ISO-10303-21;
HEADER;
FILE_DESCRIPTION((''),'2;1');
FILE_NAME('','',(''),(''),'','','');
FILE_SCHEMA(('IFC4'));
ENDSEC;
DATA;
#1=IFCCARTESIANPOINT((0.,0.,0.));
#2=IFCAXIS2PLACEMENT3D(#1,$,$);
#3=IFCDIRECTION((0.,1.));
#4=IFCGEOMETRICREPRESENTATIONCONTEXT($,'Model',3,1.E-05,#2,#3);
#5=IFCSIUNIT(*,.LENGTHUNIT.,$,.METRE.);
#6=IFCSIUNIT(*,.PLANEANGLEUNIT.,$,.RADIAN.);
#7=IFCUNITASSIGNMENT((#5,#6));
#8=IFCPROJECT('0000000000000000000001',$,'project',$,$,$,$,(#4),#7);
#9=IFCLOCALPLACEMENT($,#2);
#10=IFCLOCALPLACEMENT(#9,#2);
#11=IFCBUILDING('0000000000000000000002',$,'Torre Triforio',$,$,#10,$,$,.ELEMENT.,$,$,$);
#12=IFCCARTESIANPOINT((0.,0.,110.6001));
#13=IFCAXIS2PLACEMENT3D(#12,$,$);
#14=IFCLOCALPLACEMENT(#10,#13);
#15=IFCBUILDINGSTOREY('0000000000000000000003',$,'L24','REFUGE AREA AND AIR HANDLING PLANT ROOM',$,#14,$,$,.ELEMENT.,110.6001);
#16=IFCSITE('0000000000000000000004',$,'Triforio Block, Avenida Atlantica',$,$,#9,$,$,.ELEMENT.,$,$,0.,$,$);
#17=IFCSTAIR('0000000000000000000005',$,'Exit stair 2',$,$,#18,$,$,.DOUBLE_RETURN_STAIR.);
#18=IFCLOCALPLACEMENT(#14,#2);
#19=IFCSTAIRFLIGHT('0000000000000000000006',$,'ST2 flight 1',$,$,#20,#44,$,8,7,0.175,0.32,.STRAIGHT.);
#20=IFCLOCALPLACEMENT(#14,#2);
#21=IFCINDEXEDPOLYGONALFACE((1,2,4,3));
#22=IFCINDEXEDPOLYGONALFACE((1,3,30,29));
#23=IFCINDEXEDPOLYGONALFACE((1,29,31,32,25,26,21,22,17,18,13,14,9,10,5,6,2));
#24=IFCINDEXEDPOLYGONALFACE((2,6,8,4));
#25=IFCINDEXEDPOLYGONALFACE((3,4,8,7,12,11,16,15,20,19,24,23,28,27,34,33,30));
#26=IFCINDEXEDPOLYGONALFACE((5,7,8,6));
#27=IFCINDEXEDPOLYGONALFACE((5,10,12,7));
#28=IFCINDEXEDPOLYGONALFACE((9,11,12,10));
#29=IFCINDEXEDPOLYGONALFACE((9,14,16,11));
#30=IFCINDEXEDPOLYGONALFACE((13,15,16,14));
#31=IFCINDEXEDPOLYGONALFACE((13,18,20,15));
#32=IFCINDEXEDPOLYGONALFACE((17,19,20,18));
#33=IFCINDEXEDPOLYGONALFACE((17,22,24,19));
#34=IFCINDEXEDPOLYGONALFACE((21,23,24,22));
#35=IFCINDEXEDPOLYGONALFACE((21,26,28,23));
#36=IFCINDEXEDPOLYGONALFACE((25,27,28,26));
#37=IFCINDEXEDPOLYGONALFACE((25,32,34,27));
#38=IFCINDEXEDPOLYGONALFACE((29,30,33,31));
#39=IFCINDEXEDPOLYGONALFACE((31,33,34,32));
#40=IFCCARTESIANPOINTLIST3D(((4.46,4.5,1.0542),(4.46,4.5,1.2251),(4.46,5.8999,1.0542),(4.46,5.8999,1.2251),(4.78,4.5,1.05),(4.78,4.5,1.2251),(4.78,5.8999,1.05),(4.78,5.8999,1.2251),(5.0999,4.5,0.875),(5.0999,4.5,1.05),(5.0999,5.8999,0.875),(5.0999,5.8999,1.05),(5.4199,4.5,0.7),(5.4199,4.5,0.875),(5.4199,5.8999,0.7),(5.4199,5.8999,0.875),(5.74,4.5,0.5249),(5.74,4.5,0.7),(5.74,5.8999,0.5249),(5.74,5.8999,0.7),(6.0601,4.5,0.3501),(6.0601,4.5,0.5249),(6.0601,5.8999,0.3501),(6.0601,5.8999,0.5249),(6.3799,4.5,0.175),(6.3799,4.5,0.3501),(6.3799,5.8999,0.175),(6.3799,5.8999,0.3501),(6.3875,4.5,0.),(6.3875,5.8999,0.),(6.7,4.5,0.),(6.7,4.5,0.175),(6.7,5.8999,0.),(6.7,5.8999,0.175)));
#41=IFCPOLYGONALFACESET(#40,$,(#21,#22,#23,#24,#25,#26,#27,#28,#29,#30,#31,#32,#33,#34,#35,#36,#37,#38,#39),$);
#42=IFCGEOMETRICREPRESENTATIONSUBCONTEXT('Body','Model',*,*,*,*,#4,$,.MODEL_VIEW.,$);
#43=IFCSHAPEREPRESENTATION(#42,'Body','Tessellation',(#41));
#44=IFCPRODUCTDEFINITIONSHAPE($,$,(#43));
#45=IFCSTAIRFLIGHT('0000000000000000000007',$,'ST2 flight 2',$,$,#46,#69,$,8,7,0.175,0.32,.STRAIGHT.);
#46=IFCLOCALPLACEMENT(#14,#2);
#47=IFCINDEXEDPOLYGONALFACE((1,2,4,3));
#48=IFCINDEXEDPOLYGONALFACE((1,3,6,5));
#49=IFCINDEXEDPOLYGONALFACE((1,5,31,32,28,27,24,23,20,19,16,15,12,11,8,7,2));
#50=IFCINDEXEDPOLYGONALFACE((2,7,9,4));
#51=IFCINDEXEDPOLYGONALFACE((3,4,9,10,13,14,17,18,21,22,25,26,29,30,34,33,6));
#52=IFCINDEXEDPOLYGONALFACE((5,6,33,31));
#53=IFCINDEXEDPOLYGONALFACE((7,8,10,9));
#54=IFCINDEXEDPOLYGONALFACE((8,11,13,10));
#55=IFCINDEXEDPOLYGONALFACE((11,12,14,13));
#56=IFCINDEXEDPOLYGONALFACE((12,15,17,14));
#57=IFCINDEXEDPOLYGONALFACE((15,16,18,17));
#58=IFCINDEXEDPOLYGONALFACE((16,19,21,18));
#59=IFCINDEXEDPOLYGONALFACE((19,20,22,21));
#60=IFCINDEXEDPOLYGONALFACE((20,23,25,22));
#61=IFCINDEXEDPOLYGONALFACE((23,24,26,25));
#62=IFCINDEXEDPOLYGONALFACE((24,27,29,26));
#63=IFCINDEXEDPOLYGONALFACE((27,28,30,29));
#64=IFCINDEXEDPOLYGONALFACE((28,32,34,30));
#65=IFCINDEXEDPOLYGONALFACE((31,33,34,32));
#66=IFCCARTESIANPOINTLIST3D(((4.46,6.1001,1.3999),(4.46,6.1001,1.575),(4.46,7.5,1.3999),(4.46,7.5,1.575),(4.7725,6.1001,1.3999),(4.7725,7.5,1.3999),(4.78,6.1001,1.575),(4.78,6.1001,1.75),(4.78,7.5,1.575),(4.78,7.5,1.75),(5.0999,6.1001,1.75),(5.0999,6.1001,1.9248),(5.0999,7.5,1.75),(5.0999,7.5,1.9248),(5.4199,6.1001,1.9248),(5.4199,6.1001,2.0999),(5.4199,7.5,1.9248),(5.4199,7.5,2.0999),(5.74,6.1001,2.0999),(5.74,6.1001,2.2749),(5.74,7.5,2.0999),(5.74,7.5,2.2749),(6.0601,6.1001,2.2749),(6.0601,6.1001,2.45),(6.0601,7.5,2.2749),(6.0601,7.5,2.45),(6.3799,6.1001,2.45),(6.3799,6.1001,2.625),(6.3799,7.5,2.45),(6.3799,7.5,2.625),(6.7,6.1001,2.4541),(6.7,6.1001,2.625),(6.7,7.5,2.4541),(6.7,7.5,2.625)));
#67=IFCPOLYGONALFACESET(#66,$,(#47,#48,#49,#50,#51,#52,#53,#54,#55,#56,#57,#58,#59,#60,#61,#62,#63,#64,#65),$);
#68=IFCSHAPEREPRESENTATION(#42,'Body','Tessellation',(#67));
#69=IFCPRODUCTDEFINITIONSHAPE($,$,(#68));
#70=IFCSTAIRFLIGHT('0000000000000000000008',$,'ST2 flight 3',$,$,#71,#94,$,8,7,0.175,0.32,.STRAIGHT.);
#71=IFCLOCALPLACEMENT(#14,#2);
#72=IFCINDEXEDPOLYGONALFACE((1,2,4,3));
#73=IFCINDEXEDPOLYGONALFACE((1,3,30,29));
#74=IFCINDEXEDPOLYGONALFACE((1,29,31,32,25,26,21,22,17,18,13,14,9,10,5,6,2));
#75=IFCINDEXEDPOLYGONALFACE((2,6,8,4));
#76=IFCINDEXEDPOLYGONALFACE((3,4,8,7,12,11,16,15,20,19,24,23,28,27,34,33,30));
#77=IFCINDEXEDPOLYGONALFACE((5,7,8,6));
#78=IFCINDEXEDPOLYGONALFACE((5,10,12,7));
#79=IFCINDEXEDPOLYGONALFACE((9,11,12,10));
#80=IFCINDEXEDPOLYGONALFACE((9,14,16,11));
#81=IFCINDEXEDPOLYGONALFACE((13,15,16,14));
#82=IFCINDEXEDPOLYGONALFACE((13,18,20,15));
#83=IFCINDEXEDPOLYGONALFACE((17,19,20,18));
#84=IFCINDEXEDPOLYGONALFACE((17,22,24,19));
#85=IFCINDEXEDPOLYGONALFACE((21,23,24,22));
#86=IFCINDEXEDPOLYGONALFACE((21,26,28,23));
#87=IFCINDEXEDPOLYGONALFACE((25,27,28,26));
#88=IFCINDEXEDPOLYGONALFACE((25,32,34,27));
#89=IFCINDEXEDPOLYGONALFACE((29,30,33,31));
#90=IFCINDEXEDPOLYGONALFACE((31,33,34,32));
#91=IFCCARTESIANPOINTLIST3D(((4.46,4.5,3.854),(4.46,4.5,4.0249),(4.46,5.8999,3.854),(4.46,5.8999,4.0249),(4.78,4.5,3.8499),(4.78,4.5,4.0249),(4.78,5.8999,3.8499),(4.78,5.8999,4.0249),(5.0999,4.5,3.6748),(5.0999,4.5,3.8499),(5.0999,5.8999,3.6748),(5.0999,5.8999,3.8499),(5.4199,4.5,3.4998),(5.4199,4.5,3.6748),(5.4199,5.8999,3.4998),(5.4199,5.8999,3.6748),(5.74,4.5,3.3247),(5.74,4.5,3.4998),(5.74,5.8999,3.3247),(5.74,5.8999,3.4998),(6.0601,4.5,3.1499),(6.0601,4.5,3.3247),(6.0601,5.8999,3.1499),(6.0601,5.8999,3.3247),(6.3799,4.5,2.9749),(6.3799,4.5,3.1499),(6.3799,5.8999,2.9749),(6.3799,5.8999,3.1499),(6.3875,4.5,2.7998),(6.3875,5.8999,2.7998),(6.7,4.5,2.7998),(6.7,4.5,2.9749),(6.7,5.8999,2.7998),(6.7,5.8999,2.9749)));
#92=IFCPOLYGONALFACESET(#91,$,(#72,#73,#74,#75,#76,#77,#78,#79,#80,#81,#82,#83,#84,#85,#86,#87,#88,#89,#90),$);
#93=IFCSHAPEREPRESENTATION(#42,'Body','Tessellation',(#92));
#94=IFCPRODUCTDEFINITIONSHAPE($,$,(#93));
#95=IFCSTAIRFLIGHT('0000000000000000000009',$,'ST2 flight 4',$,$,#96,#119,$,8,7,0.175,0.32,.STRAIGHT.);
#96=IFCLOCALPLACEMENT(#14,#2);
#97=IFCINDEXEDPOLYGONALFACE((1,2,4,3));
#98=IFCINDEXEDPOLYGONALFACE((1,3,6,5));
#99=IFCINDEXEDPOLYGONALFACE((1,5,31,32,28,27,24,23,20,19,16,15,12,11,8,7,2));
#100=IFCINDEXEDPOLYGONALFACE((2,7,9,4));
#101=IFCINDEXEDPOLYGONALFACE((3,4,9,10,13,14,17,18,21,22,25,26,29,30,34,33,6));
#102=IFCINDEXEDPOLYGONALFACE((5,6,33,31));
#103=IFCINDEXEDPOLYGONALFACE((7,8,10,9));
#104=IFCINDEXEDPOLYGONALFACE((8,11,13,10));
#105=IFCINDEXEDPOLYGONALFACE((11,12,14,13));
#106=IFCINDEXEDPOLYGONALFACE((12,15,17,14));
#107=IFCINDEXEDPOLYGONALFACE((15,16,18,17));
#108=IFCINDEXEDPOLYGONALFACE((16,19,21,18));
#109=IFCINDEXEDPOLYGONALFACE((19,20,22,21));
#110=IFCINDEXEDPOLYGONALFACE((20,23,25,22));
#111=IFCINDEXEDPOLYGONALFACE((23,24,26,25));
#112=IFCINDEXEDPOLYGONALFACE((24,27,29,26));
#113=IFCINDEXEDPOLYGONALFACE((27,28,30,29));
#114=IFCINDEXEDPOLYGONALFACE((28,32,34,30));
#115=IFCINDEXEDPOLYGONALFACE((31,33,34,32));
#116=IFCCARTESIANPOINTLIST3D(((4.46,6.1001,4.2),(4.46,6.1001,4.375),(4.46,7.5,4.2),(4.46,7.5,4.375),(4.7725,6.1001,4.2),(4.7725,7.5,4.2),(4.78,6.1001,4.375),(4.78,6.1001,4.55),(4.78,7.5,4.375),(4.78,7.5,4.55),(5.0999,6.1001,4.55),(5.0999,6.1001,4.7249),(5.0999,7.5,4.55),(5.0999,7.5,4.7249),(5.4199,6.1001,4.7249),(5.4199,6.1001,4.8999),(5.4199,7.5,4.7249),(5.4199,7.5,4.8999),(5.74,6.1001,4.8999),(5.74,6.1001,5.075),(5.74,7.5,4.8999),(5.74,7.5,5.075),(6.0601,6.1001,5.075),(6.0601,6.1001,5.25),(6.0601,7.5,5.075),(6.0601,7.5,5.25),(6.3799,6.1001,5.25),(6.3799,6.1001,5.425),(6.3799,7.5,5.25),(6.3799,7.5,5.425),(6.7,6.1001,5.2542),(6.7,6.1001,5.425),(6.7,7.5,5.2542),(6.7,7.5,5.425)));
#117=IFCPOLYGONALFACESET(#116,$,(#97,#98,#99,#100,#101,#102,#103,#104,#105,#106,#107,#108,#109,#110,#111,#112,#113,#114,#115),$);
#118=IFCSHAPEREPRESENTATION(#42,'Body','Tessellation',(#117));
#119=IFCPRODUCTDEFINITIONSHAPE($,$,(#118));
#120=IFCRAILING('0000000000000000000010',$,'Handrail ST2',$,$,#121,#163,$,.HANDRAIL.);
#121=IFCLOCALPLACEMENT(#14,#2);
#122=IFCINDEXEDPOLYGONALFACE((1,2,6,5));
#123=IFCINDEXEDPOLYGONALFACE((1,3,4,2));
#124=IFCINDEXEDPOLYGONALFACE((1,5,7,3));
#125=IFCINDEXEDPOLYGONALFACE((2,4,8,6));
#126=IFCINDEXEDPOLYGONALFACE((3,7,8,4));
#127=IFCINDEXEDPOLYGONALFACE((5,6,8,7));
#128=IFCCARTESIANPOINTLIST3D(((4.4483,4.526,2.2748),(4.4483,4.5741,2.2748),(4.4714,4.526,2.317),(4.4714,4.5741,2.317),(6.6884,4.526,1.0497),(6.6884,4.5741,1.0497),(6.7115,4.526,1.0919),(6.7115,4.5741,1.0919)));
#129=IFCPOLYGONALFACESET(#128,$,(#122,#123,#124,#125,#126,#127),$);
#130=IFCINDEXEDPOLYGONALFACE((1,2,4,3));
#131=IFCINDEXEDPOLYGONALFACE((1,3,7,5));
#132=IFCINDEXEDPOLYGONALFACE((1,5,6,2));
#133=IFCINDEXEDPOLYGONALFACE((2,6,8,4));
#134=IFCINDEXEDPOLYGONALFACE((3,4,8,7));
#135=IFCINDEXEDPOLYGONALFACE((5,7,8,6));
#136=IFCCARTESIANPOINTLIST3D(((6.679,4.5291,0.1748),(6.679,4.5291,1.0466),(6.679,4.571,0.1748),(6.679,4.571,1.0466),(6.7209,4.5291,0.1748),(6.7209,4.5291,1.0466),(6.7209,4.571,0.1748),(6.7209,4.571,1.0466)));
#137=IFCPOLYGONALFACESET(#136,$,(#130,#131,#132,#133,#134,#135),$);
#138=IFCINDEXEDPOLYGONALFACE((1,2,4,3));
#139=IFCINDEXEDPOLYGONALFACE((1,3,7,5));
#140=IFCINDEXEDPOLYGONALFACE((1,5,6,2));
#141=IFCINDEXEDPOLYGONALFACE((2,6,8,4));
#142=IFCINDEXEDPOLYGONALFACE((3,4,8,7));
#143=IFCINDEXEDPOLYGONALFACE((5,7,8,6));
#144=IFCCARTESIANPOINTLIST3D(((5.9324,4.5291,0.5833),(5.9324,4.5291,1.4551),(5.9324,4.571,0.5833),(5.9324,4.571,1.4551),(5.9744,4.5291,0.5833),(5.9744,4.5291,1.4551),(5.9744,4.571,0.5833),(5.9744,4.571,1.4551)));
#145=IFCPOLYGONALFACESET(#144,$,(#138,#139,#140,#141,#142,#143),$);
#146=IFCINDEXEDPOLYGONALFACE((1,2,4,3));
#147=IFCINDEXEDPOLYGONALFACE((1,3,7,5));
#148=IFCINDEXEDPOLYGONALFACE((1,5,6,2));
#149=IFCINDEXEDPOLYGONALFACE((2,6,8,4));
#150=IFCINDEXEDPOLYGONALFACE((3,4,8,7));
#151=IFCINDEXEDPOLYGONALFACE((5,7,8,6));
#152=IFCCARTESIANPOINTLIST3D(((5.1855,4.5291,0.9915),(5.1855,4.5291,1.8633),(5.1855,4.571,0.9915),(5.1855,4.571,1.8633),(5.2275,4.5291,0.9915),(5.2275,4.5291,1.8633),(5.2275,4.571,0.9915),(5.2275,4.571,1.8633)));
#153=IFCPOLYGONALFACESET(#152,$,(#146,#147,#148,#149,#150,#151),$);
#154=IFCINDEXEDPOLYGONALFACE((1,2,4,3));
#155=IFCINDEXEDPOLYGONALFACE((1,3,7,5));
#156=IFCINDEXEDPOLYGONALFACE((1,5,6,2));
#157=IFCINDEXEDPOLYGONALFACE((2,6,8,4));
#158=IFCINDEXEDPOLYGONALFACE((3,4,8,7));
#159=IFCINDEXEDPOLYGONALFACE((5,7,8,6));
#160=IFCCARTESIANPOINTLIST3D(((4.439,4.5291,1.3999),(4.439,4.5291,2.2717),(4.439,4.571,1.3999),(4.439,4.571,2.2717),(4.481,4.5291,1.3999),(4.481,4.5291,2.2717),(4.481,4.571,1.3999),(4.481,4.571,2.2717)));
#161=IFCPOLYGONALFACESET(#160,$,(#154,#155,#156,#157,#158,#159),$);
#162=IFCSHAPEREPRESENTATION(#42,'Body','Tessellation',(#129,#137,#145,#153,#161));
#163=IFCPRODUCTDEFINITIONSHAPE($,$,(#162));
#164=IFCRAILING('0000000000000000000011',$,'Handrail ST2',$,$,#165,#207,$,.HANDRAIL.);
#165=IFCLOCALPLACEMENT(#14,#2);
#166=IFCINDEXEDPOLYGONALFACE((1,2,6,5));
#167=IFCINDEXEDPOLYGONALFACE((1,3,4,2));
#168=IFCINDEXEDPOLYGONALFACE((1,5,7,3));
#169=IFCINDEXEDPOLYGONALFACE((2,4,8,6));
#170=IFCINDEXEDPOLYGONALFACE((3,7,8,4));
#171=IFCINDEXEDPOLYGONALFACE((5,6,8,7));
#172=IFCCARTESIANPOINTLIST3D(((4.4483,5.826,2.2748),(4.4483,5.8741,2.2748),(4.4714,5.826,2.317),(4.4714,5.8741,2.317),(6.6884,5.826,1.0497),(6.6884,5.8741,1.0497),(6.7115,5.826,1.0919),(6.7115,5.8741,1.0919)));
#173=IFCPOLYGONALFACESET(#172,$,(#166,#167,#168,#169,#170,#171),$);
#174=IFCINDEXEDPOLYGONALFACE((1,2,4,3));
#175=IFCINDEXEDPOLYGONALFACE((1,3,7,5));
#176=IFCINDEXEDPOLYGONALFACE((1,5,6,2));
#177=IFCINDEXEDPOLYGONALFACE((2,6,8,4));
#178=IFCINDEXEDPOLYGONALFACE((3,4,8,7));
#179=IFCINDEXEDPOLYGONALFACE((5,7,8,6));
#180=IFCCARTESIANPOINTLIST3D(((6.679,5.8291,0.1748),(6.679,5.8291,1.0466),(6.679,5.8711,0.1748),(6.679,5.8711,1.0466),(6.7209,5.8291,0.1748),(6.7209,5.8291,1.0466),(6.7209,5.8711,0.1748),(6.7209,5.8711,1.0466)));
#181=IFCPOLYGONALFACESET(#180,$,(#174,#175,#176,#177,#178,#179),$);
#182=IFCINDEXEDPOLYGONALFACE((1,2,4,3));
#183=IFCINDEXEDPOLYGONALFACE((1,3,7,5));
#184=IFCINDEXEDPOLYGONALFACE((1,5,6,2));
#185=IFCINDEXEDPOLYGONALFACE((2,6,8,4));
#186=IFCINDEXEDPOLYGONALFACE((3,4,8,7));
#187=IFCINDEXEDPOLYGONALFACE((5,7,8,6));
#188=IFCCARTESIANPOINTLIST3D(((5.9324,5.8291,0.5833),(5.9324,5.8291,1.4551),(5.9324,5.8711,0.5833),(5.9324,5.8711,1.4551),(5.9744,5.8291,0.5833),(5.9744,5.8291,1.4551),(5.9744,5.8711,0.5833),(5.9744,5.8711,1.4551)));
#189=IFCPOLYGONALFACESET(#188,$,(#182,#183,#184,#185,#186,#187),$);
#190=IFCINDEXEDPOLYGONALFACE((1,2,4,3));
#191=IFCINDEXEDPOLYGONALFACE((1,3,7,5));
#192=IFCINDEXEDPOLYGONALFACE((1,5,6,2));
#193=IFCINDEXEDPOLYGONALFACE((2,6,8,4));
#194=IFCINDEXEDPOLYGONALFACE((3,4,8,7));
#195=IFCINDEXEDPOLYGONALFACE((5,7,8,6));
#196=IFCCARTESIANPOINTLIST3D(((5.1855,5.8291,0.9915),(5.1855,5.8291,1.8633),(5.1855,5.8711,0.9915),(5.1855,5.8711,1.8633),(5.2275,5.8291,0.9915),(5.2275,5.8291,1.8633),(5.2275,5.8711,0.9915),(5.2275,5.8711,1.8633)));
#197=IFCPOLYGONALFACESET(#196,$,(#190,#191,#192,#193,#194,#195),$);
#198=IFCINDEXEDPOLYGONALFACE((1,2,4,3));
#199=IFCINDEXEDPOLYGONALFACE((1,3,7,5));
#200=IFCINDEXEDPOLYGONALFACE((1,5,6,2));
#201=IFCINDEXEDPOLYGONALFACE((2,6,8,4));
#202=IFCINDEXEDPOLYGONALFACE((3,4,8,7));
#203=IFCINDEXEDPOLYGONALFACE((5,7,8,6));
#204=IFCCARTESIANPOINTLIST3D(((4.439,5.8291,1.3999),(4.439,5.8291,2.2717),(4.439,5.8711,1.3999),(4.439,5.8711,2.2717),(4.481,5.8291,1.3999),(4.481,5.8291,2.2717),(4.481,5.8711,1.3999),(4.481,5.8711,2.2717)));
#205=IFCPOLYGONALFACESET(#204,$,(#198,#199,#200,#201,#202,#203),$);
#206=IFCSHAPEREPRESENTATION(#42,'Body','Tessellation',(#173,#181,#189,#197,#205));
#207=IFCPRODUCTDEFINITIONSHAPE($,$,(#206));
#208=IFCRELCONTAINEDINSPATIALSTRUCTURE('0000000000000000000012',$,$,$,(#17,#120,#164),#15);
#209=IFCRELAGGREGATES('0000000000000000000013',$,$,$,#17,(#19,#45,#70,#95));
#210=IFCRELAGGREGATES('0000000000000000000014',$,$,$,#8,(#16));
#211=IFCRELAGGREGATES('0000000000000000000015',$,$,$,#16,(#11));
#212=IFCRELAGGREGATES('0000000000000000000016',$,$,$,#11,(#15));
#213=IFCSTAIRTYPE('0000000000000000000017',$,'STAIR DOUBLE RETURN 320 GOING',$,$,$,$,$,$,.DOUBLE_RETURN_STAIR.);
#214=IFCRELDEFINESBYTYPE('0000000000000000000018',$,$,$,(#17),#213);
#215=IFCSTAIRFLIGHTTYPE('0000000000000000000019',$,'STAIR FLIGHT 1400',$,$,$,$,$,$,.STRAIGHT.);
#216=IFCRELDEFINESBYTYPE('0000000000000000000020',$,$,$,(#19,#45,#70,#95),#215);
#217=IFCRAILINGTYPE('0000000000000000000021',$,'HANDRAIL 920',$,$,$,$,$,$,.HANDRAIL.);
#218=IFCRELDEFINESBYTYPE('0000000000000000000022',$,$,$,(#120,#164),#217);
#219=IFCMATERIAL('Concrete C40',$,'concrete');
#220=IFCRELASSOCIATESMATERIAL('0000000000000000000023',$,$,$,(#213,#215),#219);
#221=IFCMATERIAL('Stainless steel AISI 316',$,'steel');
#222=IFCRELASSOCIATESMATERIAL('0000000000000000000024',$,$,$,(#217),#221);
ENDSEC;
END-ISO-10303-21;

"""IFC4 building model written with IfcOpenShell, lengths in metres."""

from ifc_helpers import new_model, si_unit, direction, frame, origin, origin_2d, place, context, subcontext, project, spatial, polyline, rectangle, outline, extrude, material, type_object, element, aggregate, save


model = new_model("IFC4")

# Units and contexts
model_context = context("Model", 3, precision=1e-05, world=origin(), true_north=direction((0.0, 1.0)))
body_context = subcontext(model_context, "Body", "Model", "MODEL_VIEW")
ifc_project = project(units=[si_unit("LENGTHUNIT", "METRE"), si_unit("PLANEANGLEUNIT", "RADIAN")], contexts=[model_context])

# Site, building, storey
site_placement = place(None, origin())
site = spatial("IfcSite", under=ifc_project, at=site_placement, Name="Triforio Block, Avenida Atlantica", CompositionType="ELEMENT", RefElevation=0.0)
building_placement = place(site_placement, origin())
building = spatial("IfcBuilding", under=site, at=building_placement, Name="Torre Triforio", CompositionType="ELEMENT")
storey_placement = place(building_placement, frame((0.0, 0.0, 110.6001)))
storey = spatial("IfcBuildingStorey", under=building, at=storey_placement, Name="L24", Description="REFUGE AREA AND AIR HANDLING PLANT ROOM", CompositionType="ELEMENT", Elevation=110.6001)

# Shared definitions
ifc_material_1 = material(Name="Concrete C40", Category="concrete")
stair_type = type_object("IfcStairType", Name="STAIR DOUBLE RETURN 320 GOING", PredefinedType="DOUBLE_RETURN_STAIR", material=ifc_material_1)

# Stair, stair flights
stair_1_placement = place(storey_placement, origin())
stair_1 = element("IfcStair", 1, at=stair_1_placement, inside=storey, type_object=stair_type, Name="Exit stair 2", PredefinedType="DOUBLE_RETURN_STAIR")
stair_flight_type = type_object("IfcStairFlightType", Name="STAIR FLIGHT 1400", PredefinedType="STRAIGHT", material=ifc_material_1)
stair_flight_1_placement = place(storey_placement, frame((6.7, 5.2, 0.0), z_axis=(0.0, 0.0, 1.0), x_axis=(-1.0, 0.0, 0.0)))
stair_flight_1 = element("IfcStairFlight", 2, at=stair_flight_1_placement, type_object=stair_flight_type, Name="ST2 flight 1", NumberOfRisers=8, NumberOfTreads=7, PredefinedType="STRAIGHT", RiserHeight=0.175, TreadLength=0.32, context=body_context, shape_type="SweptSolid", body=[
    extrude(outline(polyline([(0.0, 0.0), (0.0, 0.175), (0.3201, 0.175), (0.3201, 0.3501), (0.6399, 0.3501), (0.6399, 0.5249), (0.96, 0.5249), (0.96, 0.7), (1.28, 0.7), (1.28, 0.875), (1.6001, 0.875), (1.6001, 1.05), (1.9199, 1.05), (1.9199, 1.2251), (2.24, 1.2251), (2.24, 1.3999), (2.24, 1.0542), (0.3125, 0.0), (0.0, 0.0)])), frame((0.0, 0.7, 0.0), z_axis=(0.0, -1.0, 0.0), x_axis=(1.0, 0.0, 0.0)), (0.0, 0.0, 1.0), 1.3999),
])
stair_flight_2_placement = place(storey_placement, frame((4.46, 6.8, 1.3999), z_axis=(0.0, 0.0, 1.0), x_axis=(1.0, 0.0, 0.0)))
stair_flight_2 = element("IfcStairFlight", 3, at=stair_flight_2_placement, type_object=stair_flight_type, Name="ST2 flight 2", NumberOfRisers=8, NumberOfTreads=7, PredefinedType="STRAIGHT", RiserHeight=0.175, TreadLength=0.32, context=body_context, shape_type="SweptSolid", body=[
    extrude(outline(polyline([(0.0, 0.0), (0.0, 0.175), (0.3201, 0.175), (0.3201, 0.3501), (0.6399, 0.3501), (0.6399, 0.5249), (0.96, 0.5249), (0.96, 0.7), (1.28, 0.7), (1.28, 0.875), (1.6001, 0.875), (1.6001, 1.05), (1.9199, 1.05), (1.9199, 1.2251), (2.24, 1.2251), (2.24, 1.3999), (2.24, 1.0542), (0.3125, 0.0), (0.0, 0.0)])), frame((0.0, 0.7, 0.0), z_axis=(0.0, -1.0, 0.0), x_axis=(1.0, 0.0, 0.0)), (0.0, 0.0, 1.0), 1.3999),
])
stair_flight_3_placement = place(storey_placement, frame((6.7, 5.2, 2.7998), z_axis=(0.0, 0.0, 1.0), x_axis=(-1.0, 0.0, 0.0)))
stair_flight_3 = element("IfcStairFlight", 4, at=stair_flight_3_placement, type_object=stair_flight_type, Name="ST2 flight 3", NumberOfRisers=8, NumberOfTreads=7, PredefinedType="STRAIGHT", RiserHeight=0.175, TreadLength=0.32, context=body_context, shape_type="SweptSolid", body=[
    extrude(outline(polyline([(0.0, 0.0), (0.0, 0.175), (0.3201, 0.175), (0.3201, 0.3501), (0.6399, 0.3501), (0.6399, 0.5249), (0.96, 0.5249), (0.96, 0.7), (1.28, 0.7), (1.28, 0.875), (1.6001, 0.875), (1.6001, 1.05), (1.9199, 1.05), (1.9199, 1.2251), (2.24, 1.2251), (2.24, 1.3999), (2.24, 1.0542), (0.3125, 0.0), (0.0, 0.0)])), frame((0.0, 0.7, 0.0), z_axis=(0.0, -1.0, 0.0), x_axis=(1.0, 0.0, 0.0)), (0.0, 0.0, 1.0), 1.3999),
])
stair_flight_4_placement = place(storey_placement, frame((4.46, 6.8, 4.2), z_axis=(0.0, 0.0, 1.0), x_axis=(1.0, 0.0, 0.0)))
stair_flight_4 = element("IfcStairFlight", 5, at=stair_flight_4_placement, type_object=stair_flight_type, Name="ST2 flight 4", NumberOfRisers=8, NumberOfTreads=7, PredefinedType="STRAIGHT", RiserHeight=0.175, TreadLength=0.32, context=body_context, shape_type="SweptSolid", body=[
    extrude(outline(polyline([(0.0, 0.0), (0.0, 0.175), (0.3201, 0.175), (0.3201, 0.3501), (0.6399, 0.3501), (0.6399, 0.5249), (0.96, 0.5249), (0.96, 0.7), (1.28, 0.7), (1.28, 0.875), (1.6001, 0.875), (1.6001, 1.05), (1.9199, 1.05), (1.9199, 1.2251), (2.24, 1.2251), (2.24, 1.3999), (2.24, 1.0542), (0.3125, 0.0), (0.0, 0.0)])), frame((0.0, 0.7, 0.0), z_axis=(0.0, -1.0, 0.0), x_axis=(1.0, 0.0, 0.0)), (0.0, 0.0, 1.0), 1.3999),
])
aggregate(stair_1, [stair_flight_1, stair_flight_2, stair_flight_3, stair_flight_4])

# Railings
ifc_material_2 = material(Name="Stainless steel AISI 316", Category="steel")
railing_type = type_object("IfcRailingType", Name="HANDRAIL 920", PredefinedType="HANDRAIL", material=ifc_material_2)
for number, where, name in (
    (6, (6.7, 4.55, 0.1748), "Handrail ST2"),
    (7, (6.7, 5.8501, 0.1748), "Handrail ST2"),
):
    element("IfcRailing", number, at=place(storey_placement, frame(where)), inside=storey, type_object=railing_type, Name=name, PredefinedType="HANDRAIL", context=body_context, shape_type="SweptSolid", body=[
        extrude(rectangle(XDim=0.0481, YDim=0.0481, at=origin_2d()), frame((0.0, 0.0, 0.896), z_axis=(-0.877354, 0.0, 0.479843), x_axis=(0.0, -1.0, 0.0)), (0.0, 0.0, 1.0), 2.5532),
        extrude(rectangle(XDim=0.042, YDim=0.042, at=origin_2d()), origin(), (0.0, 0.0, 1.0), 0.8718),
        extrude(rectangle(XDim=0.042, YDim=0.042, at=origin_2d()), frame((-0.7466, 0.0, 0.4084)), (0.0, 0.0, 1.0), 0.8718),
        extrude(rectangle(XDim=0.042, YDim=0.042, at=origin_2d()), frame((-1.4934, 0.0, 0.8167)), (0.0, 0.0, 1.0), 0.8718),
        extrude(rectangle(XDim=0.042, YDim=0.042, at=origin_2d()), frame((-2.24, 0.0, 1.2251)), (0.0, 0.0, 1.0), 0.8718),
    ])

save(model, "model.ifc")
